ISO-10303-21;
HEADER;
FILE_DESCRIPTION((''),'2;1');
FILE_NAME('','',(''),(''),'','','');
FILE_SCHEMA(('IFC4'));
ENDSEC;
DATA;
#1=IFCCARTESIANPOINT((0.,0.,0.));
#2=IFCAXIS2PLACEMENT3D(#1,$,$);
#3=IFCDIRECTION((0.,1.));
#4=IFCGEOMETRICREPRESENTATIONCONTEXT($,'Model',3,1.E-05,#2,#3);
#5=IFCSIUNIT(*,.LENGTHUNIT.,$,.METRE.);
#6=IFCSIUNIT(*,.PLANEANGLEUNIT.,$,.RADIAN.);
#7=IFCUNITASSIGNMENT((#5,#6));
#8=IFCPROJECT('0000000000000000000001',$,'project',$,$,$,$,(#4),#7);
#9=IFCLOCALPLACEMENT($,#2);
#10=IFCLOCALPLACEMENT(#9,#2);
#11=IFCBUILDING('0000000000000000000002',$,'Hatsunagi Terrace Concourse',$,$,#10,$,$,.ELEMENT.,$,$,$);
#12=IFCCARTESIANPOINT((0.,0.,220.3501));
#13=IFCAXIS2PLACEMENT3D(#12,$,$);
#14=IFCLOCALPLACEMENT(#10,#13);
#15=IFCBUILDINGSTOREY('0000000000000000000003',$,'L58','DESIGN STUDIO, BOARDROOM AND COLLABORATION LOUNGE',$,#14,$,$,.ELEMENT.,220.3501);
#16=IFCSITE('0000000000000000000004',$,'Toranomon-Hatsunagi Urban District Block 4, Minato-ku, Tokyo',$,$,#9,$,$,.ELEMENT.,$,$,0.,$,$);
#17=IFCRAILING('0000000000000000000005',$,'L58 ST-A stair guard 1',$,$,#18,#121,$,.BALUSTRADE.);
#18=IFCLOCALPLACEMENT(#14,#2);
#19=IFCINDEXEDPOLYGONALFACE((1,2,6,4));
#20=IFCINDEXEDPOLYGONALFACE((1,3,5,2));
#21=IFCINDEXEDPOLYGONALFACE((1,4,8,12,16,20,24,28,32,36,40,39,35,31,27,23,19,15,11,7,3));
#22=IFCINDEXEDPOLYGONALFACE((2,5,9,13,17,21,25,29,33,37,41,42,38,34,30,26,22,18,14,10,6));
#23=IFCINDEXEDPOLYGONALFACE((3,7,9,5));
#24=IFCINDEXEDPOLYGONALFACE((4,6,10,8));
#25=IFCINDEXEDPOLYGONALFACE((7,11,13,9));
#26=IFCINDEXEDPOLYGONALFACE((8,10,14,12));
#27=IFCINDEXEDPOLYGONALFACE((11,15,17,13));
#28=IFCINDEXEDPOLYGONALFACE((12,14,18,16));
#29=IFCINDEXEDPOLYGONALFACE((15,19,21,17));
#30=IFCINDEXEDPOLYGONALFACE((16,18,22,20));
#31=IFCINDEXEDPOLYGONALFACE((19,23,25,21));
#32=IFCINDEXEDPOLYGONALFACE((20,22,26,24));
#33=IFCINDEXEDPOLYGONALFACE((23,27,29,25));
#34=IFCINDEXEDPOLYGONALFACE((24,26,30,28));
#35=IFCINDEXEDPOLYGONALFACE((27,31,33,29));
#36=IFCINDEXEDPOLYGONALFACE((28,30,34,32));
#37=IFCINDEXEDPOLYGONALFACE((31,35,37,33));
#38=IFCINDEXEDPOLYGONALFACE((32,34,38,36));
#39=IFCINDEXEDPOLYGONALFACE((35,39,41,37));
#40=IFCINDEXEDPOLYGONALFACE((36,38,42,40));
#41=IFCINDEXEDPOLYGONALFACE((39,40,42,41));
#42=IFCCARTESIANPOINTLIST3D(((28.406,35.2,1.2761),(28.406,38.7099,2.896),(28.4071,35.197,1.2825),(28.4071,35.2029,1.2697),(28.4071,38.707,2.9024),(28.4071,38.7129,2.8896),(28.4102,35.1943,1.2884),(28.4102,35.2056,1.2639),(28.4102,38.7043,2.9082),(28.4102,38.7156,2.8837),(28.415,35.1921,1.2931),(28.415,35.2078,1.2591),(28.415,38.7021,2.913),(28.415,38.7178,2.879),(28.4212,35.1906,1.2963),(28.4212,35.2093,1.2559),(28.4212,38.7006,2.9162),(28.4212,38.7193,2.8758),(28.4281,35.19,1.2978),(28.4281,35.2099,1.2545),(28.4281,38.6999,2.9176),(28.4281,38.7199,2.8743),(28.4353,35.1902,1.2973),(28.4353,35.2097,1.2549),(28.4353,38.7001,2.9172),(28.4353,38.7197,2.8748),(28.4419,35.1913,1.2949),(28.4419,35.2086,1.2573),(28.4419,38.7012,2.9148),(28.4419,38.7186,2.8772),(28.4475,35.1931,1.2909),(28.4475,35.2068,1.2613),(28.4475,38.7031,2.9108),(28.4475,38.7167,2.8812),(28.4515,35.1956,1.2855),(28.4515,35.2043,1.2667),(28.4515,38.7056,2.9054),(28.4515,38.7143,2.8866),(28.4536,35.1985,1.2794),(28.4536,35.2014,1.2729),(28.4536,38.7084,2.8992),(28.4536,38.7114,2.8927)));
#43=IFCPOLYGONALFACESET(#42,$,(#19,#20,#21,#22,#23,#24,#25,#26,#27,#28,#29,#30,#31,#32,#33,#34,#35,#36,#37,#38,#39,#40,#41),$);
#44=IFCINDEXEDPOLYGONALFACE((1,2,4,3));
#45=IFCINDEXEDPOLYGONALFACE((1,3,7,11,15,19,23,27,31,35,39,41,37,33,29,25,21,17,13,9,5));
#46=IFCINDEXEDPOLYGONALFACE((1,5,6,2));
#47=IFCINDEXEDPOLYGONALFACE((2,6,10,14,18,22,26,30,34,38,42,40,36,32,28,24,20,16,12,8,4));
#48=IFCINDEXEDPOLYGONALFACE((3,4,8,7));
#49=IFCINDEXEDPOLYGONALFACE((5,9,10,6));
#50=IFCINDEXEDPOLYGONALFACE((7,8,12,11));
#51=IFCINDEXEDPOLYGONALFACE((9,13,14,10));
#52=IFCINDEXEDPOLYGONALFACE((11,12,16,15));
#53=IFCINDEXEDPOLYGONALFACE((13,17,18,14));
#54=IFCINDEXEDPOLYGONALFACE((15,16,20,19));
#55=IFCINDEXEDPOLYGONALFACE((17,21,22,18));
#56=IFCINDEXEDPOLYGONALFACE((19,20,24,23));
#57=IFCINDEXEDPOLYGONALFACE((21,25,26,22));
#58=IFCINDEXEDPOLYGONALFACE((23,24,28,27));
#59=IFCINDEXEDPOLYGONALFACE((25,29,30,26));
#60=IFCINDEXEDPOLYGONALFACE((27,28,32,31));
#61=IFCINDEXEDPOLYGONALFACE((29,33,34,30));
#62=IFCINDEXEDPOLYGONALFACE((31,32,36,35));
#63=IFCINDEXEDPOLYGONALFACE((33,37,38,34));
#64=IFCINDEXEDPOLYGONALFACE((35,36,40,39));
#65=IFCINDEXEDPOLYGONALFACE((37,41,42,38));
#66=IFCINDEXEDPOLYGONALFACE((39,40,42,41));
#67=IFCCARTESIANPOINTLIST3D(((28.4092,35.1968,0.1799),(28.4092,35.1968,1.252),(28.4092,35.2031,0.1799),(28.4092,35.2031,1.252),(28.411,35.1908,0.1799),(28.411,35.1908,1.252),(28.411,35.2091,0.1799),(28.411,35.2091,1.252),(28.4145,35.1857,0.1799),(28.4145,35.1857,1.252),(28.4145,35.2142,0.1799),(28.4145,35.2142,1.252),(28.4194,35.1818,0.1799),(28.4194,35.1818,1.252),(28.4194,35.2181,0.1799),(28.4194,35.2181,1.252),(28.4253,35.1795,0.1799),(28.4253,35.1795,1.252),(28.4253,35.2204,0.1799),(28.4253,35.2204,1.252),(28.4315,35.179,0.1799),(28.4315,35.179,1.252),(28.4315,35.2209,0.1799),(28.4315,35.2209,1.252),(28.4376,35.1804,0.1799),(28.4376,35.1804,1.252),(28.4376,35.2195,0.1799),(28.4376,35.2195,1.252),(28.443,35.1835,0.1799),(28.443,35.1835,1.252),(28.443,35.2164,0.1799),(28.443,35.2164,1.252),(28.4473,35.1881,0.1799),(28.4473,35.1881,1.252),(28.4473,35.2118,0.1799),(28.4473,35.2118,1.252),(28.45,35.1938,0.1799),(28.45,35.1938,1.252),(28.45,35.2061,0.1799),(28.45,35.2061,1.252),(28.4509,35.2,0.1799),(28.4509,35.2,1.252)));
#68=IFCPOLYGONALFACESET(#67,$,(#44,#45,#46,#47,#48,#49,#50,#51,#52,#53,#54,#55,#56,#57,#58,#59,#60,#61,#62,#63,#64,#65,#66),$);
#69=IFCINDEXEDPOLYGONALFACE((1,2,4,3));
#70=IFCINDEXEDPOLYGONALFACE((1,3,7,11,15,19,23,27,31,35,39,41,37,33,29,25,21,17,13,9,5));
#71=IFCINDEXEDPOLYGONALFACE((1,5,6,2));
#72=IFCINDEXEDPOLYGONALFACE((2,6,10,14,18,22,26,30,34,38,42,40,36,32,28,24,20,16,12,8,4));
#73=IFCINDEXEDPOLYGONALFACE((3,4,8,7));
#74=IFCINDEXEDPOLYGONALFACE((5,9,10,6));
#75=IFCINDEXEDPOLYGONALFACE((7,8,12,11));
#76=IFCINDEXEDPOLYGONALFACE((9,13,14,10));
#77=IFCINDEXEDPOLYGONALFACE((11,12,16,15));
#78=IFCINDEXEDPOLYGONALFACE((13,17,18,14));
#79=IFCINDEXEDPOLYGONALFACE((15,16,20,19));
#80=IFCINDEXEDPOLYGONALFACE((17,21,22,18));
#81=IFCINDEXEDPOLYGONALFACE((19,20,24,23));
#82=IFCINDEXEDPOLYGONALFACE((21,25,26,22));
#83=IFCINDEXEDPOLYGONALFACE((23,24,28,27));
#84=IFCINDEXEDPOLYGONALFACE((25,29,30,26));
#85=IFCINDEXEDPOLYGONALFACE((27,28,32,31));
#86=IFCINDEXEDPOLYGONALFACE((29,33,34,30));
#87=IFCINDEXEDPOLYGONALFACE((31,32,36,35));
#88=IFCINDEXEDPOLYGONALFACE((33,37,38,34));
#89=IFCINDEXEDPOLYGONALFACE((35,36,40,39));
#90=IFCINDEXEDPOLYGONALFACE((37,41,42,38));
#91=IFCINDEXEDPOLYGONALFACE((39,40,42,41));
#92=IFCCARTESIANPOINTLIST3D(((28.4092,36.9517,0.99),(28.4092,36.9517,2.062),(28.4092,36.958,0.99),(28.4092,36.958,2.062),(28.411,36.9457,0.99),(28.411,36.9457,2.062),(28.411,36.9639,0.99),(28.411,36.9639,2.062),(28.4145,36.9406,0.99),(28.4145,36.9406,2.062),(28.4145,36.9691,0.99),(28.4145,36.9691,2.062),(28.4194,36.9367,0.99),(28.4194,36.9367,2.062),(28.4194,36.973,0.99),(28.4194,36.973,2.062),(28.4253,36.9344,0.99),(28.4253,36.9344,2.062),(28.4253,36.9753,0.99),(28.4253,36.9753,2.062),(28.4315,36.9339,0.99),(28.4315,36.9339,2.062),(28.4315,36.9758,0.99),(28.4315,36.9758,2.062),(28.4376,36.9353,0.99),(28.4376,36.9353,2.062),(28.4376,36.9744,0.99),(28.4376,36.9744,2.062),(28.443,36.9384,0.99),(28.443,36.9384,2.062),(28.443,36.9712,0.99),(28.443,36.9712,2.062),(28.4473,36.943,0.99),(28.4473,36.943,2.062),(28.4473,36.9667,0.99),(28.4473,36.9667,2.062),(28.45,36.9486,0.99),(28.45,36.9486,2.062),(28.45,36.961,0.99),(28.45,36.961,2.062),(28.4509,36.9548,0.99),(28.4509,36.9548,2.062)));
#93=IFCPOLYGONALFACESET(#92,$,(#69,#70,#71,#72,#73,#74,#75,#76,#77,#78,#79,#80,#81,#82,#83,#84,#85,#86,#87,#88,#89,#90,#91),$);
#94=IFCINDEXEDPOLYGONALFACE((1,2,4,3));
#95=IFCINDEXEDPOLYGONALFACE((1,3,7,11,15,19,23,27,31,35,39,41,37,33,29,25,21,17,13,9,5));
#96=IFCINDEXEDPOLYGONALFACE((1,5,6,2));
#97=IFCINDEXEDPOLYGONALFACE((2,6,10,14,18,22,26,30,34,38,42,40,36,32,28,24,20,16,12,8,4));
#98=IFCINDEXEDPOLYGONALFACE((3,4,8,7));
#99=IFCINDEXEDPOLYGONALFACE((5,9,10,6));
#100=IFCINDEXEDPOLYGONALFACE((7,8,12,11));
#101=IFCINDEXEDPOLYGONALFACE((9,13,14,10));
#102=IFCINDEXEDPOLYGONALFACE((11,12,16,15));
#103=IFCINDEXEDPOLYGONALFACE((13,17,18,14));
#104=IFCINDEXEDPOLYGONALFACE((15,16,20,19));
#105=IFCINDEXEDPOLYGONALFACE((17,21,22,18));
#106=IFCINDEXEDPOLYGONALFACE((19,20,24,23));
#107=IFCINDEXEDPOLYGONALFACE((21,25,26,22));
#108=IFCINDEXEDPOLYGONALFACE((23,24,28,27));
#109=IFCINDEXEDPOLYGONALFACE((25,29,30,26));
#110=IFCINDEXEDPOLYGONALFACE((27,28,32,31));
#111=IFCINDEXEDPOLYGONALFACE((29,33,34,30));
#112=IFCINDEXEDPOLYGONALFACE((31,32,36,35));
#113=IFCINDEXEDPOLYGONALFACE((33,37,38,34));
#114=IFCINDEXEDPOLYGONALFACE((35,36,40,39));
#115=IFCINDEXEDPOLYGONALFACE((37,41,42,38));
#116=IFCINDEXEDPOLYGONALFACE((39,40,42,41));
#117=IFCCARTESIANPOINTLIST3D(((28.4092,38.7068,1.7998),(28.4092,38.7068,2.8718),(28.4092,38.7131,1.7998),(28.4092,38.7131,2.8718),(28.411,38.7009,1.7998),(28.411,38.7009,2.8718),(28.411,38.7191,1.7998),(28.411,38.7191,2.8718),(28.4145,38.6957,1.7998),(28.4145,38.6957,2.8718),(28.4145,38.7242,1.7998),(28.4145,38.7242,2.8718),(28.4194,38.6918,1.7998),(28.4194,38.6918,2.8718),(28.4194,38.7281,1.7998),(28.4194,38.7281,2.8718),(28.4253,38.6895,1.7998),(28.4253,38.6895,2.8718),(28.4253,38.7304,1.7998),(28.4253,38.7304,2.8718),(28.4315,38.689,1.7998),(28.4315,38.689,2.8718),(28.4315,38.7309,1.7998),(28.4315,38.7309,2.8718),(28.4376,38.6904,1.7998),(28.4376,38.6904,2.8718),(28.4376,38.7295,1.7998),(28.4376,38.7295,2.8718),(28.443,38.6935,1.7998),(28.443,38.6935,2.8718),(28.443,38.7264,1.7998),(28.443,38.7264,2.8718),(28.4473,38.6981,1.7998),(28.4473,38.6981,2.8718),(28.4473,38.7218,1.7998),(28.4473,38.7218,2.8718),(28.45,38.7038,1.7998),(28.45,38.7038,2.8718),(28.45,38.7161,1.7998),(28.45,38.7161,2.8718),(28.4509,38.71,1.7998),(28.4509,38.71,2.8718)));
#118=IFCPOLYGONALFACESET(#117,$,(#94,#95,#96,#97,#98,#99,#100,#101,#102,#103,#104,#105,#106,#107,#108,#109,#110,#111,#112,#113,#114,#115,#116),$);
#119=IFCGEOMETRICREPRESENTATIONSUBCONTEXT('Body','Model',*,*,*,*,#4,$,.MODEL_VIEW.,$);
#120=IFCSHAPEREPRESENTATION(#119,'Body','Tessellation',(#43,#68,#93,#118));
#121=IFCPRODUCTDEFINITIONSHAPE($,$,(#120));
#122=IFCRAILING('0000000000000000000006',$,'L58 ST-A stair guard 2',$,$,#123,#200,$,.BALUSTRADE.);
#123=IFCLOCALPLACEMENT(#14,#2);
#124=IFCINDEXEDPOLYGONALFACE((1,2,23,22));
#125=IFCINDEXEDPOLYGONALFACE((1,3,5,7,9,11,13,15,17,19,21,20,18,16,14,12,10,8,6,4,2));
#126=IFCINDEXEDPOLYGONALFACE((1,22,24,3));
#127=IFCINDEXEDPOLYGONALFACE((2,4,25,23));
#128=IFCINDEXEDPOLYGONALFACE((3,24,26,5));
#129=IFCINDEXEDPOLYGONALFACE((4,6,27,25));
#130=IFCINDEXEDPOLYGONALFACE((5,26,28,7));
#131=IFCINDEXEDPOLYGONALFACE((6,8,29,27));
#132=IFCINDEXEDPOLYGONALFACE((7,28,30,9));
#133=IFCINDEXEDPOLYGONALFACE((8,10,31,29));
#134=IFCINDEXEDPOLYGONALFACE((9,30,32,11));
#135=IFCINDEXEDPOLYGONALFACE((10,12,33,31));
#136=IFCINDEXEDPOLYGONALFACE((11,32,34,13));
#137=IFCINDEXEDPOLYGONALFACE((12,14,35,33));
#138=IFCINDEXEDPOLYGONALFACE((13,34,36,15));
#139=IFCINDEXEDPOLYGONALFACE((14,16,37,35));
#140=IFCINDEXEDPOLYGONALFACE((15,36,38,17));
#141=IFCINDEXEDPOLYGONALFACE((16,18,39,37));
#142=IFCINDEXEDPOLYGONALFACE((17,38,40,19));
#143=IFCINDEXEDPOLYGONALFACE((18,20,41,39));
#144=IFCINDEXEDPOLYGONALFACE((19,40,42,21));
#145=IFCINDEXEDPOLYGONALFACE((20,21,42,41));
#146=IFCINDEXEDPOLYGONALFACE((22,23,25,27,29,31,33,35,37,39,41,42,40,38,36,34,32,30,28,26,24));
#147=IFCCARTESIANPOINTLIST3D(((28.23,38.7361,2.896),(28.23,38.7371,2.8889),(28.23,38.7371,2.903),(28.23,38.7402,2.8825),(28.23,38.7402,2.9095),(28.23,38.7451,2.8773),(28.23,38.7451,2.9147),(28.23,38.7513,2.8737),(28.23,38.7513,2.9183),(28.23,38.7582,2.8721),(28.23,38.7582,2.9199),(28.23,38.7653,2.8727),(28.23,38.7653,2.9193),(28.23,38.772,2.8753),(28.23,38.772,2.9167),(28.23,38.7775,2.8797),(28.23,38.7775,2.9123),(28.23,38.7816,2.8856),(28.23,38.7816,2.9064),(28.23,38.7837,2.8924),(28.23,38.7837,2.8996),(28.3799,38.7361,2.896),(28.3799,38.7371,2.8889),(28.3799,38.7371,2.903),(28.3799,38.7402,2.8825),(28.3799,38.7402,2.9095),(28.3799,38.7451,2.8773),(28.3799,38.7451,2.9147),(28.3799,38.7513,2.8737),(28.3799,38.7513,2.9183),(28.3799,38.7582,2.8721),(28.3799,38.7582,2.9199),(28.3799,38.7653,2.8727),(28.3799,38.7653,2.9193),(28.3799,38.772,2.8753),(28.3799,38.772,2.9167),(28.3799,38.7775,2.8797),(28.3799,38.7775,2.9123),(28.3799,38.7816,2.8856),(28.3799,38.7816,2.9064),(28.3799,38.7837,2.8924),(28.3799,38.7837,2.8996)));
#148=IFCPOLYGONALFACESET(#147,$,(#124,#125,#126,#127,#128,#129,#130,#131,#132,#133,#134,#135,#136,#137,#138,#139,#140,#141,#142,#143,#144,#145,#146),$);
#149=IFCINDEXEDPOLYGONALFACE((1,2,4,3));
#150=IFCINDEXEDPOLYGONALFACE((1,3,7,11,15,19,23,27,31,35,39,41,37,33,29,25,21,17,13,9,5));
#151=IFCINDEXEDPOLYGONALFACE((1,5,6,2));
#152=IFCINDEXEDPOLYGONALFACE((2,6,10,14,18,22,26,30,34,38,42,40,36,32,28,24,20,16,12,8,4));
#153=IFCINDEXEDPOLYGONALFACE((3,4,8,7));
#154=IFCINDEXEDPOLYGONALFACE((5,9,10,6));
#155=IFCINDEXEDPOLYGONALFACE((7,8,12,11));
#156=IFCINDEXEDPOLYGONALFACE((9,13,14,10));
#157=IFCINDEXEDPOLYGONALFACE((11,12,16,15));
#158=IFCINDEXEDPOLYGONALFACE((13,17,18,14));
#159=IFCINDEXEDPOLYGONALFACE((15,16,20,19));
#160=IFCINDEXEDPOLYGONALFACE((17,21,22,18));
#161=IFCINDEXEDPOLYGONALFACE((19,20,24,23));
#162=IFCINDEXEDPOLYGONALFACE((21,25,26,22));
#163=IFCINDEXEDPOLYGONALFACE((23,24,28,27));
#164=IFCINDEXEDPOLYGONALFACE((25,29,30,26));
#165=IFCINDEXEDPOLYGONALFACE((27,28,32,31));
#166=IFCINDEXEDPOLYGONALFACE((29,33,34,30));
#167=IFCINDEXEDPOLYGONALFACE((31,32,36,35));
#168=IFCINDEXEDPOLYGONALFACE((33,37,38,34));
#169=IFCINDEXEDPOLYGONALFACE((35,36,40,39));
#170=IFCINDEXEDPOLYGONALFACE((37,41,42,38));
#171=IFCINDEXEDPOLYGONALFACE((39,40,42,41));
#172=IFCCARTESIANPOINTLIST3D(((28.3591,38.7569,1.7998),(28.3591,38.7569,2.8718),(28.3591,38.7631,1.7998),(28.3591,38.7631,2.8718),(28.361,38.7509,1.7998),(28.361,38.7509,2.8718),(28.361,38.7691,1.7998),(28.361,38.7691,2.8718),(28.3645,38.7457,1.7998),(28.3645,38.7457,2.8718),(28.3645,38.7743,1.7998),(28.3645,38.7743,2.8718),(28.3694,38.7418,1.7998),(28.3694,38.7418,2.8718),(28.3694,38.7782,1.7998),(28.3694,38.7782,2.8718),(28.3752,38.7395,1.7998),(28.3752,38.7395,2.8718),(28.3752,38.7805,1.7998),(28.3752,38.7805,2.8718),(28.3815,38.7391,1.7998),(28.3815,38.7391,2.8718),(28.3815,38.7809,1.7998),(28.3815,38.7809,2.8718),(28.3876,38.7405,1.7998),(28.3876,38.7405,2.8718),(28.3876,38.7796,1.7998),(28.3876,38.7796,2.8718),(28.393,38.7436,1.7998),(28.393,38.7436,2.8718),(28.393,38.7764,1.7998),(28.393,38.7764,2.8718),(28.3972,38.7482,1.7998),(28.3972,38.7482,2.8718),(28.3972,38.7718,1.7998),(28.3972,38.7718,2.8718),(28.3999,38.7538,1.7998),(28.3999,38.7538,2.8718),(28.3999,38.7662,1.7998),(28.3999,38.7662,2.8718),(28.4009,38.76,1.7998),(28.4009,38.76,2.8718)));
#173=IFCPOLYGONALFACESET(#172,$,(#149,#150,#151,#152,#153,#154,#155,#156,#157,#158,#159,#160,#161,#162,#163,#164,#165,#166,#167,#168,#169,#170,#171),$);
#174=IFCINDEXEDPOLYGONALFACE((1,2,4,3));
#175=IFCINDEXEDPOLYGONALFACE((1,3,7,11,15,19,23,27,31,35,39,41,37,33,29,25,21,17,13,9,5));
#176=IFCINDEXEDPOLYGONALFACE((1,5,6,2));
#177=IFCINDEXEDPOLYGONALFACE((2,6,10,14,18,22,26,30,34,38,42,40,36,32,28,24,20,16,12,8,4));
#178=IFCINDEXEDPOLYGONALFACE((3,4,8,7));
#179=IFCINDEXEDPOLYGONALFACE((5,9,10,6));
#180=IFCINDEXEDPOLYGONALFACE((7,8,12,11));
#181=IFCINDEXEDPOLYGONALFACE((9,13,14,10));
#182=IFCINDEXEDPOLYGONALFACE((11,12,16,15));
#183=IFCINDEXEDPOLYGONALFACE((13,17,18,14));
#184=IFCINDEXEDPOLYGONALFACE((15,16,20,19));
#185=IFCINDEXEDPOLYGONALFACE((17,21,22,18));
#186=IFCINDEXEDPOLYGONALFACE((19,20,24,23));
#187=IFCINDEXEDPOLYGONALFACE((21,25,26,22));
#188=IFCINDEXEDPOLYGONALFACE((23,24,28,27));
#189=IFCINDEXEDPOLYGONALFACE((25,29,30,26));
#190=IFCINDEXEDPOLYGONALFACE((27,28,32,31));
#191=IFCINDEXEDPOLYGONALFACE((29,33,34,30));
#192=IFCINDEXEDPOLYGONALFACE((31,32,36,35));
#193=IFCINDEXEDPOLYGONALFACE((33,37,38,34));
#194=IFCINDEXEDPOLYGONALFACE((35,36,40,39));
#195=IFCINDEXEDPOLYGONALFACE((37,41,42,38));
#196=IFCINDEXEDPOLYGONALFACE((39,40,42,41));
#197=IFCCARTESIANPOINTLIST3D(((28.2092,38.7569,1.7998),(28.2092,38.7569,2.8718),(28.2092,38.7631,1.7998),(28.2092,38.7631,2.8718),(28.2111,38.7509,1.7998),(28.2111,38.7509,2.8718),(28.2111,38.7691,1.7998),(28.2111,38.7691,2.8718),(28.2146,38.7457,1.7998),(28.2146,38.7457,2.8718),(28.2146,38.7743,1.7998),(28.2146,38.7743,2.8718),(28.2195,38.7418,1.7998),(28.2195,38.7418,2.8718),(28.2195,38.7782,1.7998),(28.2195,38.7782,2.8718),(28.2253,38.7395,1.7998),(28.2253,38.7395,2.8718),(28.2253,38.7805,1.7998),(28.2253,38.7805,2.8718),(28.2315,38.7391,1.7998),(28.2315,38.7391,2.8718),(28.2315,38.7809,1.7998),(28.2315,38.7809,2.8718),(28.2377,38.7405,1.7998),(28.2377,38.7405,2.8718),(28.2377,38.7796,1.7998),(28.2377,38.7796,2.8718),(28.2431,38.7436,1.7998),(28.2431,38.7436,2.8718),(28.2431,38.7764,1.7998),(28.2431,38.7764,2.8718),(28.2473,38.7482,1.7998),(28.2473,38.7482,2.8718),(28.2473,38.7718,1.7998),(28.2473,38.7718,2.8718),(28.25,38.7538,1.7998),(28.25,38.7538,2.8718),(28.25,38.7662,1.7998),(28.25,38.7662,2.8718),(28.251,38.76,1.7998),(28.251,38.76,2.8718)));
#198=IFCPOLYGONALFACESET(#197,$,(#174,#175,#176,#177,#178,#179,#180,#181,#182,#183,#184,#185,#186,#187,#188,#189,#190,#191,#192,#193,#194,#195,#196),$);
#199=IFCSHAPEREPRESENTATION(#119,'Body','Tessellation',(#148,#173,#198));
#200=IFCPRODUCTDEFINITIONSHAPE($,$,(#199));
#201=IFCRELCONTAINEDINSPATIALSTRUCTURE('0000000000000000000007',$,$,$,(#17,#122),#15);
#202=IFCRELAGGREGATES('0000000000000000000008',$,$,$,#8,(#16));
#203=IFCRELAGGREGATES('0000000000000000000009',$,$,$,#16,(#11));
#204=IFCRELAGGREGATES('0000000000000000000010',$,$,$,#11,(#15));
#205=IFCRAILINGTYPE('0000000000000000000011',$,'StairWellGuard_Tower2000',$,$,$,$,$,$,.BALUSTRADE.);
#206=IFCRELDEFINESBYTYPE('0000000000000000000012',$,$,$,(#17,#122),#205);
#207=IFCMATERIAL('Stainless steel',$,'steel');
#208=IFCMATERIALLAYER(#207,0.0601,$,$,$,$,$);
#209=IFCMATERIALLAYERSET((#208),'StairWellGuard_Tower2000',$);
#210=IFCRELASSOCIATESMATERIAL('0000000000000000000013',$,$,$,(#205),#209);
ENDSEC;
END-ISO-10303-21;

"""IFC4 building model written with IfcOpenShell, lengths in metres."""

from ifc_helpers import new_model, si_unit, direction, frame, origin, origin_2d, place, context, subcontext, project, spatial, circle, extrude, material, layer, layer_set, type_object, element, save


model = new_model("IFC4")

# Units and contexts
model_context = context("Model", 3, precision=1e-05, world=origin(), true_north=direction((0.0, 1.0)))
body_context = subcontext(model_context, "Body", "Model", "MODEL_VIEW")
ifc_project = project(units=[si_unit("LENGTHUNIT", "METRE"), si_unit("PLANEANGLEUNIT", "RADIAN")], contexts=[model_context])

# Site, building, storey
site_placement = place(None, origin())
site = spatial("IfcSite", under=ifc_project, at=site_placement, Name="Toranomon-Hatsunagi Urban District Block 4, Minato-ku, Tokyo", CompositionType="ELEMENT", RefElevation=0.0)
building_placement = place(site_placement, origin())
building = spatial("IfcBuilding", under=site, at=building_placement, Name="Hatsunagi Terrace Concourse", CompositionType="ELEMENT")
storey_placement = place(building_placement, frame((0.0, 0.0, 220.3501)))
storey = spatial("IfcBuildingStorey", under=building, at=storey_placement, Name="L58", Description="DESIGN STUDIO, BOARDROOM AND COLLABORATION LOUNGE", CompositionType="ELEMENT", Elevation=220.3501)

# Railings
ifc_material_1 = material(Name="Stainless steel", Category="steel")
ifc_layer_1 = layer(ifc_material_1, 0.0601)
ifc_layer_set_1 = layer_set([ifc_layer_1], Name="StairWellGuard_Tower2000")
railing_type_1 = type_object("IfcRailingType", Name="StairWellGuard_Tower2000", PredefinedType="BALUSTRADE", material=ifc_layer_set_1)
railing_1_placement = place(storey_placement, frame((28.4299, 35.2, 0.1799)))
element("IfcRailing", 1, at=railing_1_placement, inside=storey, type_object=railing_type_1, Name="L58 ST-A stair guard 1", PredefinedType="BALUSTRADE", context=body_context, shape_type="SweptSolid", body=[
    extrude(circle(Radius=0.0239, at=origin_2d()), frame((0.0, 0.0, 1.0962), z_axis=(0.0, 0.907972, 0.41903), x_axis=(-1.0, 0.0, 0.0)), (0.0, 0.0, 1.0), 3.8657),
    extrude(circle(Radius=0.021, at=origin_2d()), origin(), (0.0, 0.0, 1.0), 1.072),
    extrude(circle(Radius=0.021, at=origin_2d()), frame((0.0, 1.7549, 0.8101)), (0.0, 0.0, 1.0), 1.072),
    extrude(circle(Radius=0.021, at=origin_2d()), frame((0.0, 3.51, 1.6199)), (0.0, 0.0, 1.0), 1.072),
])
railing_2_placement = place(storey_placement, frame((28.3799, 38.76, 1.7998)))
element("IfcRailing", 2, at=railing_2_placement, inside=storey, type_object=railing_type_1, Name="L58 ST-A stair guard 2", PredefinedType="BALUSTRADE", context=body_context, shape_type="SweptSolid", body=[
    extrude(circle(Radius=0.0239, at=origin_2d()), frame((0.0, 0.0, 1.0962), z_axis=(-1.0, 0.0, 0.0), x_axis=(0.0, -1.0, 0.0)), (0.0, 0.0, 1.0), 0.1499),
    extrude(circle(Radius=0.021, at=origin_2d()), origin(), (0.0, 0.0, 1.0), 1.072),
    extrude(circle(Radius=0.021, at=origin_2d()), frame((-0.1499, 0.0, 0.0)), (0.0, 0.0, 1.0), 1.072),
])

save(model, "model.ifc")
